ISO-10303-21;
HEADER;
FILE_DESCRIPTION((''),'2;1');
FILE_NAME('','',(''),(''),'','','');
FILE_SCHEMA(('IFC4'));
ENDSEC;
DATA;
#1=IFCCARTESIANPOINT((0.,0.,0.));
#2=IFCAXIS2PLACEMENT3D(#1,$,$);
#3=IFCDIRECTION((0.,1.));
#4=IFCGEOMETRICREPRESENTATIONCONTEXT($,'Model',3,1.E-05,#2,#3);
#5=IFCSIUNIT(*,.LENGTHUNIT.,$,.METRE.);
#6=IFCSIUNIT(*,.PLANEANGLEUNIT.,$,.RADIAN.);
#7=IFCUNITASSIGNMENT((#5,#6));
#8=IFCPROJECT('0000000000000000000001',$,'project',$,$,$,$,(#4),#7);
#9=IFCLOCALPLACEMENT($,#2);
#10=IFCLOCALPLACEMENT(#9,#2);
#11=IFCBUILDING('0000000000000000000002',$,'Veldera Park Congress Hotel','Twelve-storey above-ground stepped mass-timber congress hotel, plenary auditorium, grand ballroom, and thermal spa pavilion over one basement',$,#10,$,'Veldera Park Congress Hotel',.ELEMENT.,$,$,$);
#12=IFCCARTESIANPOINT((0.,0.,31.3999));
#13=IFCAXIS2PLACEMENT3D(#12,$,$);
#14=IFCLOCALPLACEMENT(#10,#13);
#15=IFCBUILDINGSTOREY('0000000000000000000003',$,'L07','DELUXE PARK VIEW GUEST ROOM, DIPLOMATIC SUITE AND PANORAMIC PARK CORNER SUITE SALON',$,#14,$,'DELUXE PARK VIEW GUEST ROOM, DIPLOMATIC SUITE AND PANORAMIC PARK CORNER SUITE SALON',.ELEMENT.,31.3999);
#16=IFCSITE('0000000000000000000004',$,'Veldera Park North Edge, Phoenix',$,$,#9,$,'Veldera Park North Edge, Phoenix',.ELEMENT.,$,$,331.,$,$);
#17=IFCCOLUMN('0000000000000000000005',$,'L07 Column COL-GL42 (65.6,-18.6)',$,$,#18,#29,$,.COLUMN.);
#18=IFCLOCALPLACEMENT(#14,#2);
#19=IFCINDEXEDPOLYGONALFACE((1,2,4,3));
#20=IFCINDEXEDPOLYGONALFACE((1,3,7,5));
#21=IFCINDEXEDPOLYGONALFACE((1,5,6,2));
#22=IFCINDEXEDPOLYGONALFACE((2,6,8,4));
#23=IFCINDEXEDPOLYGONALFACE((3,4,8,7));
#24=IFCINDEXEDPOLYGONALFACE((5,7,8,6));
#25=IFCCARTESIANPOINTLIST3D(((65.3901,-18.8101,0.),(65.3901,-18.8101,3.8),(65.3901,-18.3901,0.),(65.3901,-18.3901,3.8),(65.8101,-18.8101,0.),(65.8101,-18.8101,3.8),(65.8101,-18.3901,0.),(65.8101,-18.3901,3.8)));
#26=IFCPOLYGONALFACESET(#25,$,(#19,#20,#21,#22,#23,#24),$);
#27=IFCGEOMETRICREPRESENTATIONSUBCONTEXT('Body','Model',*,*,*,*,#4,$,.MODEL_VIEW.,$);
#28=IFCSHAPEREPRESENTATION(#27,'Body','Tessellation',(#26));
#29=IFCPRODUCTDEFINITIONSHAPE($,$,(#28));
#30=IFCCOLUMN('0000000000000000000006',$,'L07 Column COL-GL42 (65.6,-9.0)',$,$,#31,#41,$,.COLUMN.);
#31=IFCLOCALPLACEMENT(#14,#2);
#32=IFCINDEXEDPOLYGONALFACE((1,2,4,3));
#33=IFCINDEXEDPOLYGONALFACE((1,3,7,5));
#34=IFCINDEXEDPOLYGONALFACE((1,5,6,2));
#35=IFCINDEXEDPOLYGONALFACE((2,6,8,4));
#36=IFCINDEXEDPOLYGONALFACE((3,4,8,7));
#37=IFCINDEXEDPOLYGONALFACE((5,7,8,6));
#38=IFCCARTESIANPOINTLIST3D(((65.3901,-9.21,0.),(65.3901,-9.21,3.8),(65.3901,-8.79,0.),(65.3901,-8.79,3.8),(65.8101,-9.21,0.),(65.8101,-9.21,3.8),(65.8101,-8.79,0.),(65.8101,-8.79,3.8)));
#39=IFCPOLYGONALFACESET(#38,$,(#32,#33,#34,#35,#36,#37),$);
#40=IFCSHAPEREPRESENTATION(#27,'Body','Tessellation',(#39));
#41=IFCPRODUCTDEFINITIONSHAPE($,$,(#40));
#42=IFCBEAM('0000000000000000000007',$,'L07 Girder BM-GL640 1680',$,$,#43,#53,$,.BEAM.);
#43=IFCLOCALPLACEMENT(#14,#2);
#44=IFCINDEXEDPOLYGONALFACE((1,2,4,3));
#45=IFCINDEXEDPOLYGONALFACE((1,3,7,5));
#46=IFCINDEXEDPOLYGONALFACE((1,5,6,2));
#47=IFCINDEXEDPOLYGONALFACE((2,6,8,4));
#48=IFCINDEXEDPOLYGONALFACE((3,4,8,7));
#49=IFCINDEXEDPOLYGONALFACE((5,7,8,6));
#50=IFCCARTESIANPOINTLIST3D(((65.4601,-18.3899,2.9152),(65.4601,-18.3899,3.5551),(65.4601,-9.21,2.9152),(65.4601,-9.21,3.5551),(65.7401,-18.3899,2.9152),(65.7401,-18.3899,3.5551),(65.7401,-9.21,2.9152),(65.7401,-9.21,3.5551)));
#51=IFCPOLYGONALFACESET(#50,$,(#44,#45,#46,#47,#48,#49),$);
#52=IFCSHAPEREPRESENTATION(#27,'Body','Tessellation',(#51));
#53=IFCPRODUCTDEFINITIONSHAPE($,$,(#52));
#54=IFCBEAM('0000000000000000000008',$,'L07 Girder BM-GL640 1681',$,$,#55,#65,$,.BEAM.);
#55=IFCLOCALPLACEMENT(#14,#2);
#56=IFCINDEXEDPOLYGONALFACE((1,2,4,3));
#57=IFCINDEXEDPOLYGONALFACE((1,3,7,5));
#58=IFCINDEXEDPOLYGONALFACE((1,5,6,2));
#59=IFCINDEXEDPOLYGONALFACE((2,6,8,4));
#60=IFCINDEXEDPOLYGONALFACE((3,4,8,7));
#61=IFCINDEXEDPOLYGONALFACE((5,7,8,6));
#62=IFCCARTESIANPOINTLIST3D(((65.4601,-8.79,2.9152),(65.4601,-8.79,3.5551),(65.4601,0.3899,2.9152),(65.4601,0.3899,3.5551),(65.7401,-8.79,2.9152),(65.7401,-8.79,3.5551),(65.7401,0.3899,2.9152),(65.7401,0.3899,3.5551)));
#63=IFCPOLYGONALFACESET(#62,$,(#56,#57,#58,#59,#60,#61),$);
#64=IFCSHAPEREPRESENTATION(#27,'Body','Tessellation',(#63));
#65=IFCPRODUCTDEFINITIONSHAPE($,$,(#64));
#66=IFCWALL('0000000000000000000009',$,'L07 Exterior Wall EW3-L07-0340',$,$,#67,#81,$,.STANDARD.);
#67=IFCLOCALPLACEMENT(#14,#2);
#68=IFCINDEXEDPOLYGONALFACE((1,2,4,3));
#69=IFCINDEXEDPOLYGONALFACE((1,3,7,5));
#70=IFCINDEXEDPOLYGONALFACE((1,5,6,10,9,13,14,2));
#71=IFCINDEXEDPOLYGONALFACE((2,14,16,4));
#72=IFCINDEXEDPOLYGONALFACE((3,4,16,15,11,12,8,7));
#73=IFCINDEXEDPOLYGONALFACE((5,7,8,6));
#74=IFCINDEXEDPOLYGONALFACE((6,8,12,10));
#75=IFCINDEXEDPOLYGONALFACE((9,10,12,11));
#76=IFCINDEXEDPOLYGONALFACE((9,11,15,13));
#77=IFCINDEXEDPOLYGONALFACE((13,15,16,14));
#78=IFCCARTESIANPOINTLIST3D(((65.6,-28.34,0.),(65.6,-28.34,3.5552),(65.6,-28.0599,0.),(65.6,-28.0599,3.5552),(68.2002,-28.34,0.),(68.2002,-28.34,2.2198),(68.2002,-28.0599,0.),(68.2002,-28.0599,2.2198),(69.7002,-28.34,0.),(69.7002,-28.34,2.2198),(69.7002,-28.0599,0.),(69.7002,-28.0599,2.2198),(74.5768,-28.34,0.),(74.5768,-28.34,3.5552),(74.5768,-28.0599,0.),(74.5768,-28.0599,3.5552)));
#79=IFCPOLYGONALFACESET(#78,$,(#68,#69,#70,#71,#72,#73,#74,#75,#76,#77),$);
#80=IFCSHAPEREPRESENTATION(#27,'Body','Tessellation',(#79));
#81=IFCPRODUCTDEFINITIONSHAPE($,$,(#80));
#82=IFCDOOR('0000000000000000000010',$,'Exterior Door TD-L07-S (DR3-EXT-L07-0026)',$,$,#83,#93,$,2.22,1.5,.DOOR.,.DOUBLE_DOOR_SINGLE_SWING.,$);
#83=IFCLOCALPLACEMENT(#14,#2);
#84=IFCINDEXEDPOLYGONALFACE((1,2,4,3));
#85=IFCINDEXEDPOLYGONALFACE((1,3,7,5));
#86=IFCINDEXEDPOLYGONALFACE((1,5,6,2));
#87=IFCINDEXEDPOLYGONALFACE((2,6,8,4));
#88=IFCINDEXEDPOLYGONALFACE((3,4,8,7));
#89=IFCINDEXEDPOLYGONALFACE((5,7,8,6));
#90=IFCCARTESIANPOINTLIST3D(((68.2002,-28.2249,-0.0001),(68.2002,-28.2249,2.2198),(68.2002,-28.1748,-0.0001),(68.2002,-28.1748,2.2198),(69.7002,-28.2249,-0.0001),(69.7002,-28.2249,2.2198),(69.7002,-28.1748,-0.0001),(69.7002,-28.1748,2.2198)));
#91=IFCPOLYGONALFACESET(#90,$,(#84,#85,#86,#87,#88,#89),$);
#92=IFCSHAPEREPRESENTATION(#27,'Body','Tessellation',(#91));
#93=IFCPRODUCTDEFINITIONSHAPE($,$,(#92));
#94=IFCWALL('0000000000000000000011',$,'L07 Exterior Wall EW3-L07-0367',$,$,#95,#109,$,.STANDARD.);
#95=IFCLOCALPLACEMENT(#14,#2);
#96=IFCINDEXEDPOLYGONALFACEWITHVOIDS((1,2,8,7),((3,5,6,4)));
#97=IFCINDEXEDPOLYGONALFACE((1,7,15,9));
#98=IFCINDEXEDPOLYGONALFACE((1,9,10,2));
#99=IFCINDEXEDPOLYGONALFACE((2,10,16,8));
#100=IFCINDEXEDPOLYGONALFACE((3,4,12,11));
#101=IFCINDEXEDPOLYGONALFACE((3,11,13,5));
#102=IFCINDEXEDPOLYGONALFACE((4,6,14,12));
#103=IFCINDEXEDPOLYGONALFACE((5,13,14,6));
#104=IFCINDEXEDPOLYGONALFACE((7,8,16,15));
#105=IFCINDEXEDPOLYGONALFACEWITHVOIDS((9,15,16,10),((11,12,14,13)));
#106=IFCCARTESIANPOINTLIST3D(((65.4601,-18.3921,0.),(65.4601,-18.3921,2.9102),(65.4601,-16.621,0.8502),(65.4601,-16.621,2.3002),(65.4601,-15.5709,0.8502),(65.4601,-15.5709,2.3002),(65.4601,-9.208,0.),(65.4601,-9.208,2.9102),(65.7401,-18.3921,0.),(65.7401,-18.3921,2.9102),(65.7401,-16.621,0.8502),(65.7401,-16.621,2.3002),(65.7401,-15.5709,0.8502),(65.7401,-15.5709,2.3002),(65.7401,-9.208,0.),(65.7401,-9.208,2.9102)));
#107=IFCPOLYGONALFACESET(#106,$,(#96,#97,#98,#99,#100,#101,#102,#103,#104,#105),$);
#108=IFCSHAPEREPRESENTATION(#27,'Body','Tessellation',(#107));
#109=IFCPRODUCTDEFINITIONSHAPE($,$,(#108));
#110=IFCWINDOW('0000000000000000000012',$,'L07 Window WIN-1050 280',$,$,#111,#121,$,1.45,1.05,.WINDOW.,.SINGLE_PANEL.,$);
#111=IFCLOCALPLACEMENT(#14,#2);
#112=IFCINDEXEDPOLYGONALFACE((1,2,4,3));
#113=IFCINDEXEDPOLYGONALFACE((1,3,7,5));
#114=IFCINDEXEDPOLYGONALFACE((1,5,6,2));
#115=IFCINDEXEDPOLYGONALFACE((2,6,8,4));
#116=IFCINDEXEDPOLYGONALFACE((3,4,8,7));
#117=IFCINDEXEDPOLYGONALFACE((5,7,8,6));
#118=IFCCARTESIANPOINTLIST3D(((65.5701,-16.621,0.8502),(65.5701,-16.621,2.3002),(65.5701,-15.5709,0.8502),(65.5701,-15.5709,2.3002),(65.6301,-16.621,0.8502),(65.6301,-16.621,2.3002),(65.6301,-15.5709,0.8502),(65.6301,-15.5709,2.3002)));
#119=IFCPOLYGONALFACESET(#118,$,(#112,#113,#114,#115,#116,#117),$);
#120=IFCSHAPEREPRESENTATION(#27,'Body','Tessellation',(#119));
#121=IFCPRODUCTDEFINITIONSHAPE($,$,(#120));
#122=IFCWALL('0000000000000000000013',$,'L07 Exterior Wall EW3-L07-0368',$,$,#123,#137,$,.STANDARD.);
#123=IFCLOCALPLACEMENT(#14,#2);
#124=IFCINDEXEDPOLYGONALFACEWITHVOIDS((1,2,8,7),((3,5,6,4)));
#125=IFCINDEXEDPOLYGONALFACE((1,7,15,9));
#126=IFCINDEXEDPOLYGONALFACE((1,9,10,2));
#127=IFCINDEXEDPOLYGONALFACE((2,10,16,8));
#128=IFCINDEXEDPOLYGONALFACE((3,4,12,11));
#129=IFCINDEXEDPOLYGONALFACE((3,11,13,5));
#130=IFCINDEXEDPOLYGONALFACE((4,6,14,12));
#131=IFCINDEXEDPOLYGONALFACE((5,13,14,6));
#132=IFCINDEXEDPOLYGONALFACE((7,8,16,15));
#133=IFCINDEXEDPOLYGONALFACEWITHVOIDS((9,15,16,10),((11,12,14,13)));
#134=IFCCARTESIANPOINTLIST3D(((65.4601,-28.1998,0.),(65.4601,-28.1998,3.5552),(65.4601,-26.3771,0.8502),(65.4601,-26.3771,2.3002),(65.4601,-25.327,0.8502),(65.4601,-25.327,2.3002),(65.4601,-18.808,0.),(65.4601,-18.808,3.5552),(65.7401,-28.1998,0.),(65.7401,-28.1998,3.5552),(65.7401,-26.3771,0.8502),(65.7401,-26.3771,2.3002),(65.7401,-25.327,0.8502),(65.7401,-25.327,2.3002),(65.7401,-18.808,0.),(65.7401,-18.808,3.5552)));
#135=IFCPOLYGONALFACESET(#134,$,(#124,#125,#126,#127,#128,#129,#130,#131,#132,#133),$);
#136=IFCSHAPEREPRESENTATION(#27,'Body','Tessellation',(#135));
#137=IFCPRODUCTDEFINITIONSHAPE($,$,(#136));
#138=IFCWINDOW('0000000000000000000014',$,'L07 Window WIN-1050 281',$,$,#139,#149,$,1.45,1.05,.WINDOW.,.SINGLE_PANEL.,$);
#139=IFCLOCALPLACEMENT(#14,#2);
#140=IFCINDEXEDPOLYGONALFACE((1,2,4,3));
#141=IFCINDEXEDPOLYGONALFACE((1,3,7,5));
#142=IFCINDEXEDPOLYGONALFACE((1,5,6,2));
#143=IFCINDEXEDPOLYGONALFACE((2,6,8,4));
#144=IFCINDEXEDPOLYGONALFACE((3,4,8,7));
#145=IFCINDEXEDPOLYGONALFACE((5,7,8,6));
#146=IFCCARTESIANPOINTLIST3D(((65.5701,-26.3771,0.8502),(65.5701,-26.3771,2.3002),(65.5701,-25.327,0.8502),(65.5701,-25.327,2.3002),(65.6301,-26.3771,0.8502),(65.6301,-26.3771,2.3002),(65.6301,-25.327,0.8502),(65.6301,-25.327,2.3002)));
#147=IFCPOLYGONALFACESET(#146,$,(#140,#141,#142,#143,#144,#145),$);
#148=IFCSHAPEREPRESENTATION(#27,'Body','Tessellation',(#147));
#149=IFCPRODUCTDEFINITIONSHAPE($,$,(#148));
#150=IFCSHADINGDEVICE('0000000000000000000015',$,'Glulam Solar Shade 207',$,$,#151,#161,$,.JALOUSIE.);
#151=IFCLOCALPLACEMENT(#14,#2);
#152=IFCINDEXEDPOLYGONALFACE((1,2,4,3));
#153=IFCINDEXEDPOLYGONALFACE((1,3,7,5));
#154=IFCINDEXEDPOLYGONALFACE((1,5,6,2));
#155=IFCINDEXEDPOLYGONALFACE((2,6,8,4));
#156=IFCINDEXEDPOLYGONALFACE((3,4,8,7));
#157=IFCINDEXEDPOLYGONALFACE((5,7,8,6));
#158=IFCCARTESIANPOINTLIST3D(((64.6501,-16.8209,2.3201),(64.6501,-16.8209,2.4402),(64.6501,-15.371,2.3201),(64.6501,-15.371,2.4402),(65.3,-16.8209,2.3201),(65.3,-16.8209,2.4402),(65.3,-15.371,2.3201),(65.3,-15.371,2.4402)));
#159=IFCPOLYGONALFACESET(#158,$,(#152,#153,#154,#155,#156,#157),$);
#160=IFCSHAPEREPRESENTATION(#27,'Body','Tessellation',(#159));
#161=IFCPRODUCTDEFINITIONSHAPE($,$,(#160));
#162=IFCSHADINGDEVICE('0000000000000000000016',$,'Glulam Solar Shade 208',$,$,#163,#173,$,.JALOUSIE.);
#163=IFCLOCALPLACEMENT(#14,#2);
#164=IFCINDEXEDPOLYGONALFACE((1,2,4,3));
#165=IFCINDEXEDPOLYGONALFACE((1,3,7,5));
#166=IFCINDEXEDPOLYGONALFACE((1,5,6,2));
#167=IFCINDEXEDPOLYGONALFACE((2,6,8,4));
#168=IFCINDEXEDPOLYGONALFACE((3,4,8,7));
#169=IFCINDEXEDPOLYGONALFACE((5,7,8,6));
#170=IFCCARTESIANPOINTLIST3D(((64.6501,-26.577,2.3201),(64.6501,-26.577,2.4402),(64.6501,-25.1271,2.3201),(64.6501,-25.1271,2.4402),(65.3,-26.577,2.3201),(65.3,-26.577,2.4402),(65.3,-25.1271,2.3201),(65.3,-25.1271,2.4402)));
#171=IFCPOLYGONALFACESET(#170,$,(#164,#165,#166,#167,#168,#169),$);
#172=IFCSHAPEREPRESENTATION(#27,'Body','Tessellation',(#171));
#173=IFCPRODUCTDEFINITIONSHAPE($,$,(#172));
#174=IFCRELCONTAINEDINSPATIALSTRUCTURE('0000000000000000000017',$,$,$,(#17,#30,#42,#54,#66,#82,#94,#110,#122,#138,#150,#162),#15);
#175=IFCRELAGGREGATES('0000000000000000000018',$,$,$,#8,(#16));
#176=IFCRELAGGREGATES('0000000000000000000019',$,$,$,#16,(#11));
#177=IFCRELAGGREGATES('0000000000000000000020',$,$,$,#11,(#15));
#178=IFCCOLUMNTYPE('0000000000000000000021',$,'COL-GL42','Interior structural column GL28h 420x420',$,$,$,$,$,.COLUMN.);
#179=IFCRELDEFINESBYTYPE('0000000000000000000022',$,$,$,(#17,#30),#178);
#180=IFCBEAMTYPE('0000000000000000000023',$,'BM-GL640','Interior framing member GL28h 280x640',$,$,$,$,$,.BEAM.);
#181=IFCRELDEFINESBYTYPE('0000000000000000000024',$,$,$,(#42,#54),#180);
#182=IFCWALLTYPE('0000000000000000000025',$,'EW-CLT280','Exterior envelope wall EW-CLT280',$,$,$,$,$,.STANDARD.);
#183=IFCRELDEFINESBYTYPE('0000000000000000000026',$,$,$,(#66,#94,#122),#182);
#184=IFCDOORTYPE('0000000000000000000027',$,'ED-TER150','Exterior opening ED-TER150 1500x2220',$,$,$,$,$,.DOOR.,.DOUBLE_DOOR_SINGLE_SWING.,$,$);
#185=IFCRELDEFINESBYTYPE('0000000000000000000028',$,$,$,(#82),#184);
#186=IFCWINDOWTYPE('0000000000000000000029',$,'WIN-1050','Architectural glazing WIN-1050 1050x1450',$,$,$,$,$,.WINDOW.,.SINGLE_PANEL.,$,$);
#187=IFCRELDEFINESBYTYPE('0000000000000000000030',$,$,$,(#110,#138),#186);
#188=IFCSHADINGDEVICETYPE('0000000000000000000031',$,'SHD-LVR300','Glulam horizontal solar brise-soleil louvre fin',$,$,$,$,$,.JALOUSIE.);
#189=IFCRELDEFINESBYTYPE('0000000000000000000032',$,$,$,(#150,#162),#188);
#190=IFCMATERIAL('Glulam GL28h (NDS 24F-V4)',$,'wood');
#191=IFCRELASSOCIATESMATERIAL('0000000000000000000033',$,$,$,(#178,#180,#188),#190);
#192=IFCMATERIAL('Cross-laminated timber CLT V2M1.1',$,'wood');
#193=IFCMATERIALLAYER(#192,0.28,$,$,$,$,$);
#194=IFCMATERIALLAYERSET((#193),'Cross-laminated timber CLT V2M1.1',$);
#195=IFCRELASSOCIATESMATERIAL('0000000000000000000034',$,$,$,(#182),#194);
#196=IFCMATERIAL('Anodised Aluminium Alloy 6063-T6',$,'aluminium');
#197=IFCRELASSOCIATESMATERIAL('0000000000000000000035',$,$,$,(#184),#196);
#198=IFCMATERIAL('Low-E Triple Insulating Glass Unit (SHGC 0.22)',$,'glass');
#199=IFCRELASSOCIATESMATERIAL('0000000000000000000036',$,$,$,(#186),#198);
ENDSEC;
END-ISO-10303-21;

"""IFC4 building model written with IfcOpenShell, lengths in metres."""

from ifc_helpers import new_model, si_unit, direction, frame, frame_2d, origin, origin_2d, place, context, subcontext, project, spatial, rectangle, extrude, material, layer, layer_set, material_profile, profile_set, type_object, element, fill, save


model = new_model("IFC4")

# Units and contexts
model_context = context("Model", 3, precision=1e-05, world=origin(), true_north=direction((0.0, 1.0)))
body_context = subcontext(model_context, "Body", "Model", "MODEL_VIEW")
ifc_project = project(units=[si_unit("LENGTHUNIT", "METRE"), si_unit("PLANEANGLEUNIT", "RADIAN")], contexts=[model_context])

# Site, building, storey
site_placement = place(None, origin())
site = spatial("IfcSite", under=ifc_project, at=site_placement, Name="Veldera Park North Edge, Phoenix", LongName="Veldera Park North Edge, Phoenix", CompositionType="ELEMENT", RefElevation=331.0)
building_placement = place(site_placement, origin())
building = spatial("IfcBuilding", under=site, at=building_placement, Name="Veldera Park Congress Hotel", Description="Twelve-storey above-ground stepped mass-timber congress hotel, plenary auditorium, grand ballroom, and thermal spa pavilion over one basement", LongName="Veldera Park Congress Hotel", CompositionType="ELEMENT")
storey_placement = place(building_placement, frame((0.0, 0.0, 31.3999)))
storey = spatial("IfcBuildingStorey", under=building, at=storey_placement, Name="L07", Description="DELUXE PARK VIEW GUEST ROOM, DIPLOMATIC SUITE AND PANORAMIC PARK CORNER SUITE SALON", LongName="DELUXE PARK VIEW GUEST ROOM, DIPLOMATIC SUITE AND PANORAMIC PARK CORNER SUITE SALON", CompositionType="ELEMENT", Elevation=31.3999)

# Columns
ifc_material_1 = material(Name="Glulam GL28h (NDS 24F-V4)", Category="wood")
ifc_material_profile_1 = material_profile(ifc_material_1, rectangle(XDim=0.4199, YDim=0.4199, at=origin_2d()), Name="GL28h 420x420")
ifc_profile_set_1 = profile_set([ifc_material_profile_1], Name="Glulam GL28h (NDS 24F-V4)")
column_type = type_object("IfcColumnType", Name="COL-GL42", Description="Interior structural column GL28h 420x420", PredefinedType="COLUMN", material=ifc_profile_set_1)
for number, where, z_axis, x_axis, name in (
    (1, (65.6001, -18.6001, 0.0), (0.0, 0.0, 1.0), (1.0, 0.0, 0.0), "L07 Column COL-GL42 (65.6,-18.6)"),
    (2, (65.6001, -9.0, 0.0), (0.0, 0.0, 1.0), (1.0, 0.0, 0.0), "L07 Column COL-GL42 (65.6,-9.0)"),
):
    element("IfcColumn", number, at=place(storey_placement, frame(where, z_axis=z_axis, x_axis=x_axis)), inside=storey, type_object=column_type, Name=name, PredefinedType="COLUMN", context=body_context, shape_type="SweptSolid", body=[
        extrude(rectangle(XDim=0.4199, YDim=0.4199, at=origin_2d()), origin(), (0.0, 0.0, 1.0), 3.8),
    ])

# Beams
ifc_material_profile_2 = material_profile(ifc_material_1, rectangle(XDim=0.28, YDim=0.6399, at=origin_2d()), Name="GL28h 280x640")
ifc_profile_set_2 = profile_set([ifc_material_profile_2], Name="Glulam GL28h (NDS 24F-V4)")
beam_type = type_object("IfcBeamType", Name="BM-GL640", Description="Interior framing member GL28h 280x640", PredefinedType="BEAM", material=ifc_profile_set_2)
for number, where, z_axis, x_axis, name in (
    (3, (65.6001, -18.3899, 3.2351), (0.0, 1.0, 0.0), (-1.0, 0.0, 0.0), "L07 Girder BM-GL640 1680"),
    (4, (65.6001, -8.79, 3.2351), (0.0, 1.0, 0.0), (-1.0, 0.0, 0.0), "L07 Girder BM-GL640 1681"),
):
    element("IfcBeam", number, at=place(storey_placement, frame(where, z_axis=z_axis, x_axis=x_axis)), inside=storey, type_object=beam_type, Name=name, PredefinedType="BEAM", context=body_context, shape_type="SweptSolid", body=[
        extrude(rectangle(XDim=0.28, YDim=0.6399, at=origin_2d()), origin(), (0.0, 0.0, 1.0), 9.1799),
    ])

# Wall, opening, door
ifc_material_2 = material(Name="Cross-laminated timber CLT V2M1.1", Category="wood")
ifc_layer = layer(ifc_material_2, 0.28)
ifc_layer_set = layer_set([ifc_layer], Name="Cross-laminated timber CLT V2M1.1")
wall_type = type_object("IfcWallType", Name="EW-CLT280", Description="Exterior envelope wall EW-CLT280", PredefinedType="STANDARD", material=ifc_layer_set)
wall_1_placement = place(storey_placement, frame((65.6001, -28.2, 0.0), z_axis=(0.0, 0.0, 1.0), x_axis=(1.0, 0.0, 0.0)))
wall_1 = element("IfcWall", 5, at=wall_1_placement, inside=storey, type_object=wall_type, Name="L07 Exterior Wall EW3-L07-0340", PredefinedType="STANDARD", context=body_context, shape_type="SweptSolid", body=[
    extrude(rectangle(XDim=8.9768, YDim=0.28, at=frame_2d((4.4883, 0.0))), origin(), (0.0, 0.0, 1.0), 3.5552),
])
opening_1_placement = place(wall_1_placement, frame((2.6001, 0.0, 0.0)))
opening_1 = element("IfcOpeningElement", 6, at=opening_1_placement, cuts=wall_1, PredefinedType="OPENING", context=body_context, shape_type="SweptSolid", body=[
    extrude(rectangle(XDim=1.5, YDim=2.22, at=frame_2d((0.75, 1.1099))), frame((0.0, 0.1521, 0.0), z_axis=(0.0, -1.0, 0.0), x_axis=(1.0, 0.0, 0.0)), (0.0, 0.0, 1.0), 0.304),
])
ifc_material_3 = material(Name="Anodised Aluminium Alloy 6063-T6", Category="aluminium")
door_type = type_object("IfcDoorType", Name="ED-TER150", Description="Exterior opening ED-TER150 1500x2220", OperationType="DOUBLE_DOOR_SINGLE_SWING", PredefinedType="DOOR", material=ifc_material_3)
door_placement = place(opening_1_placement, frame((1.5, 0.0, 0.0), z_axis=(0.0, 0.0, 1.0), x_axis=(-1.0, 0.0, 0.0)))
door = element("IfcDoor", 7, at=door_placement, inside=storey, type_object=door_type, Name="Exterior Door TD-L07-S (DR3-EXT-L07-0026)", OperationType="DOUBLE_DOOR_SINGLE_SWING", OverallHeight=2.22, OverallWidth=1.5, PredefinedType="DOOR", context=body_context, shape_type="SweptSolid", body=[
    extrude(rectangle(XDim=1.5, YDim=2.22, at=frame_2d((0.75, 1.1099))), frame((0.0, 0.0249, 0.0), z_axis=(0.0, -1.0, 0.0), x_axis=(1.0, 0.0, 0.0)), (0.0, 0.0, 1.0), 0.05),
])
fill(opening_1, door)

# Walls, openings, windows
wall_2_placement = place(storey_placement, frame((65.6001, -9.208, 0.0), z_axis=(0.0, 0.0, 1.0), x_axis=(0.0, -1.0, 0.0)))
wall_2 = element("IfcWall", 8, at=wall_2_placement, inside=storey, type_object=wall_type, Name="L07 Exterior Wall EW3-L07-0367", PredefinedType="STANDARD", context=body_context, shape_type="SweptSolid", body=[
    extrude(rectangle(XDim=9.1841, YDim=0.28, at=frame_2d((4.592, 0.0))), origin(), (0.0, 0.0, 1.0), 2.9102),
])
opening_2_placement = place(wall_2_placement, frame((6.363, 0.0, 0.8501)))
opening_2 = element("IfcOpeningElement", 9, at=opening_2_placement, cuts=wall_2, PredefinedType="OPENING", context=body_context, shape_type="SweptSolid", body=[
    extrude(rectangle(XDim=1.05, YDim=1.45, at=frame_2d((0.5249, 0.7251))), frame((0.0, 0.1521, 0.0), z_axis=(0.0, -1.0, 0.0), x_axis=(1.0, 0.0, 0.0)), (0.0, 0.0, 1.0), 0.304),
])
ifc_material_4 = material(Name="Low-E Triple Insulating Glass Unit (SHGC 0.22)", Category="glass")
window_type = type_object("IfcWindowType", Name="WIN-1050", Description="Architectural glazing WIN-1050 1050x1450", PartitioningType="SINGLE_PANEL", PredefinedType="WINDOW", material=ifc_material_4)
window_1_placement = place(opening_2_placement, origin())
window_1 = element("IfcWindow", 10, at=window_1_placement, inside=storey, type_object=window_type, Name="L07 Window WIN-1050 280", OverallHeight=1.45, OverallWidth=1.05, PartitioningType="SINGLE_PANEL", PredefinedType="WINDOW", context=body_context, shape_type="SweptSolid", body=[
    extrude(rectangle(XDim=1.05, YDim=1.45, at=frame_2d((0.5249, 0.7251))), frame((0.0, 0.03, 0.0), z_axis=(0.0, -1.0, 0.0), x_axis=(1.0, 0.0, 0.0)), (0.0, 0.0, 1.0), 0.0601),
])
fill(opening_2, window_1)
wall_3_placement = place(storey_placement, frame((65.6001, -18.8081, 0.0), z_axis=(0.0, 0.0, 1.0), x_axis=(0.0, -1.0, 0.0)))
wall_3 = element("IfcWall", 11, at=wall_3_placement, inside=storey, type_object=wall_type, Name="L07 Exterior Wall EW3-L07-0368", PredefinedType="STANDARD", context=body_context, shape_type="SweptSolid", body=[
    extrude(rectangle(XDim=9.3918, YDim=0.28, at=frame_2d((4.6958, 0.0))), origin(), (0.0, 0.0, 1.0), 3.5552),
])
opening_3_placement = place(wall_3_placement, frame((6.519, 0.0, 0.8501)))
opening_3 = element("IfcOpeningElement", 12, at=opening_3_placement, cuts=wall_3, PredefinedType="OPENING", context=body_context, shape_type="SweptSolid", body=[
    extrude(rectangle(XDim=1.05, YDim=1.45, at=frame_2d((0.5249, 0.7251))), frame((0.0, 0.1521, 0.0), z_axis=(0.0, -1.0, 0.0), x_axis=(1.0, 0.0, 0.0)), (0.0, 0.0, 1.0), 0.304),
])
window_2_placement = place(opening_3_placement, origin())
window_2 = element("IfcWindow", 13, at=window_2_placement, inside=storey, type_object=window_type, Name="L07 Window WIN-1050 281", OverallHeight=1.45, OverallWidth=1.05, PartitioningType="SINGLE_PANEL", PredefinedType="WINDOW", context=body_context, shape_type="SweptSolid", body=[
    extrude(rectangle(XDim=1.05, YDim=1.45, at=frame_2d((0.5249, 0.7251))), frame((0.0, 0.03, 0.0), z_axis=(0.0, -1.0, 0.0), x_axis=(1.0, 0.0, 0.0)), (0.0, 0.0, 1.0), 0.0601),
])
fill(opening_3, window_2)

# Shading devices
shading_device_type = type_object("IfcShadingDeviceType", Name="SHD-LVR300", Description="Glulam horizontal solar brise-soleil louvre fin", PredefinedType="JALOUSIE", material=ifc_material_1)
for number, where, z_axis, x_axis, name in (
    (14, (64.9751, -16.0959, 2.3201), (0.0, 0.0, 1.0), (0.0, -1.0, 0.0), "Glulam Solar Shade 207"),
    (15, (64.9751, -25.8521, 2.3201), (0.0, 0.0, 1.0), (0.0, -1.0, 0.0), "Glulam Solar Shade 208"),
):
    element("IfcShadingDevice", number, at=place(storey_placement, frame(where, z_axis=z_axis, x_axis=x_axis)), inside=storey, type_object=shading_device_type, Name=name, PredefinedType="JALOUSIE", context=body_context, shape_type="SweptSolid", body=[
        extrude(rectangle(XDim=1.45, YDim=0.6499, at=origin_2d()), origin(), (0.0, 0.0, 1.0), 0.1201),
    ])

save(model, "model.ifc")
